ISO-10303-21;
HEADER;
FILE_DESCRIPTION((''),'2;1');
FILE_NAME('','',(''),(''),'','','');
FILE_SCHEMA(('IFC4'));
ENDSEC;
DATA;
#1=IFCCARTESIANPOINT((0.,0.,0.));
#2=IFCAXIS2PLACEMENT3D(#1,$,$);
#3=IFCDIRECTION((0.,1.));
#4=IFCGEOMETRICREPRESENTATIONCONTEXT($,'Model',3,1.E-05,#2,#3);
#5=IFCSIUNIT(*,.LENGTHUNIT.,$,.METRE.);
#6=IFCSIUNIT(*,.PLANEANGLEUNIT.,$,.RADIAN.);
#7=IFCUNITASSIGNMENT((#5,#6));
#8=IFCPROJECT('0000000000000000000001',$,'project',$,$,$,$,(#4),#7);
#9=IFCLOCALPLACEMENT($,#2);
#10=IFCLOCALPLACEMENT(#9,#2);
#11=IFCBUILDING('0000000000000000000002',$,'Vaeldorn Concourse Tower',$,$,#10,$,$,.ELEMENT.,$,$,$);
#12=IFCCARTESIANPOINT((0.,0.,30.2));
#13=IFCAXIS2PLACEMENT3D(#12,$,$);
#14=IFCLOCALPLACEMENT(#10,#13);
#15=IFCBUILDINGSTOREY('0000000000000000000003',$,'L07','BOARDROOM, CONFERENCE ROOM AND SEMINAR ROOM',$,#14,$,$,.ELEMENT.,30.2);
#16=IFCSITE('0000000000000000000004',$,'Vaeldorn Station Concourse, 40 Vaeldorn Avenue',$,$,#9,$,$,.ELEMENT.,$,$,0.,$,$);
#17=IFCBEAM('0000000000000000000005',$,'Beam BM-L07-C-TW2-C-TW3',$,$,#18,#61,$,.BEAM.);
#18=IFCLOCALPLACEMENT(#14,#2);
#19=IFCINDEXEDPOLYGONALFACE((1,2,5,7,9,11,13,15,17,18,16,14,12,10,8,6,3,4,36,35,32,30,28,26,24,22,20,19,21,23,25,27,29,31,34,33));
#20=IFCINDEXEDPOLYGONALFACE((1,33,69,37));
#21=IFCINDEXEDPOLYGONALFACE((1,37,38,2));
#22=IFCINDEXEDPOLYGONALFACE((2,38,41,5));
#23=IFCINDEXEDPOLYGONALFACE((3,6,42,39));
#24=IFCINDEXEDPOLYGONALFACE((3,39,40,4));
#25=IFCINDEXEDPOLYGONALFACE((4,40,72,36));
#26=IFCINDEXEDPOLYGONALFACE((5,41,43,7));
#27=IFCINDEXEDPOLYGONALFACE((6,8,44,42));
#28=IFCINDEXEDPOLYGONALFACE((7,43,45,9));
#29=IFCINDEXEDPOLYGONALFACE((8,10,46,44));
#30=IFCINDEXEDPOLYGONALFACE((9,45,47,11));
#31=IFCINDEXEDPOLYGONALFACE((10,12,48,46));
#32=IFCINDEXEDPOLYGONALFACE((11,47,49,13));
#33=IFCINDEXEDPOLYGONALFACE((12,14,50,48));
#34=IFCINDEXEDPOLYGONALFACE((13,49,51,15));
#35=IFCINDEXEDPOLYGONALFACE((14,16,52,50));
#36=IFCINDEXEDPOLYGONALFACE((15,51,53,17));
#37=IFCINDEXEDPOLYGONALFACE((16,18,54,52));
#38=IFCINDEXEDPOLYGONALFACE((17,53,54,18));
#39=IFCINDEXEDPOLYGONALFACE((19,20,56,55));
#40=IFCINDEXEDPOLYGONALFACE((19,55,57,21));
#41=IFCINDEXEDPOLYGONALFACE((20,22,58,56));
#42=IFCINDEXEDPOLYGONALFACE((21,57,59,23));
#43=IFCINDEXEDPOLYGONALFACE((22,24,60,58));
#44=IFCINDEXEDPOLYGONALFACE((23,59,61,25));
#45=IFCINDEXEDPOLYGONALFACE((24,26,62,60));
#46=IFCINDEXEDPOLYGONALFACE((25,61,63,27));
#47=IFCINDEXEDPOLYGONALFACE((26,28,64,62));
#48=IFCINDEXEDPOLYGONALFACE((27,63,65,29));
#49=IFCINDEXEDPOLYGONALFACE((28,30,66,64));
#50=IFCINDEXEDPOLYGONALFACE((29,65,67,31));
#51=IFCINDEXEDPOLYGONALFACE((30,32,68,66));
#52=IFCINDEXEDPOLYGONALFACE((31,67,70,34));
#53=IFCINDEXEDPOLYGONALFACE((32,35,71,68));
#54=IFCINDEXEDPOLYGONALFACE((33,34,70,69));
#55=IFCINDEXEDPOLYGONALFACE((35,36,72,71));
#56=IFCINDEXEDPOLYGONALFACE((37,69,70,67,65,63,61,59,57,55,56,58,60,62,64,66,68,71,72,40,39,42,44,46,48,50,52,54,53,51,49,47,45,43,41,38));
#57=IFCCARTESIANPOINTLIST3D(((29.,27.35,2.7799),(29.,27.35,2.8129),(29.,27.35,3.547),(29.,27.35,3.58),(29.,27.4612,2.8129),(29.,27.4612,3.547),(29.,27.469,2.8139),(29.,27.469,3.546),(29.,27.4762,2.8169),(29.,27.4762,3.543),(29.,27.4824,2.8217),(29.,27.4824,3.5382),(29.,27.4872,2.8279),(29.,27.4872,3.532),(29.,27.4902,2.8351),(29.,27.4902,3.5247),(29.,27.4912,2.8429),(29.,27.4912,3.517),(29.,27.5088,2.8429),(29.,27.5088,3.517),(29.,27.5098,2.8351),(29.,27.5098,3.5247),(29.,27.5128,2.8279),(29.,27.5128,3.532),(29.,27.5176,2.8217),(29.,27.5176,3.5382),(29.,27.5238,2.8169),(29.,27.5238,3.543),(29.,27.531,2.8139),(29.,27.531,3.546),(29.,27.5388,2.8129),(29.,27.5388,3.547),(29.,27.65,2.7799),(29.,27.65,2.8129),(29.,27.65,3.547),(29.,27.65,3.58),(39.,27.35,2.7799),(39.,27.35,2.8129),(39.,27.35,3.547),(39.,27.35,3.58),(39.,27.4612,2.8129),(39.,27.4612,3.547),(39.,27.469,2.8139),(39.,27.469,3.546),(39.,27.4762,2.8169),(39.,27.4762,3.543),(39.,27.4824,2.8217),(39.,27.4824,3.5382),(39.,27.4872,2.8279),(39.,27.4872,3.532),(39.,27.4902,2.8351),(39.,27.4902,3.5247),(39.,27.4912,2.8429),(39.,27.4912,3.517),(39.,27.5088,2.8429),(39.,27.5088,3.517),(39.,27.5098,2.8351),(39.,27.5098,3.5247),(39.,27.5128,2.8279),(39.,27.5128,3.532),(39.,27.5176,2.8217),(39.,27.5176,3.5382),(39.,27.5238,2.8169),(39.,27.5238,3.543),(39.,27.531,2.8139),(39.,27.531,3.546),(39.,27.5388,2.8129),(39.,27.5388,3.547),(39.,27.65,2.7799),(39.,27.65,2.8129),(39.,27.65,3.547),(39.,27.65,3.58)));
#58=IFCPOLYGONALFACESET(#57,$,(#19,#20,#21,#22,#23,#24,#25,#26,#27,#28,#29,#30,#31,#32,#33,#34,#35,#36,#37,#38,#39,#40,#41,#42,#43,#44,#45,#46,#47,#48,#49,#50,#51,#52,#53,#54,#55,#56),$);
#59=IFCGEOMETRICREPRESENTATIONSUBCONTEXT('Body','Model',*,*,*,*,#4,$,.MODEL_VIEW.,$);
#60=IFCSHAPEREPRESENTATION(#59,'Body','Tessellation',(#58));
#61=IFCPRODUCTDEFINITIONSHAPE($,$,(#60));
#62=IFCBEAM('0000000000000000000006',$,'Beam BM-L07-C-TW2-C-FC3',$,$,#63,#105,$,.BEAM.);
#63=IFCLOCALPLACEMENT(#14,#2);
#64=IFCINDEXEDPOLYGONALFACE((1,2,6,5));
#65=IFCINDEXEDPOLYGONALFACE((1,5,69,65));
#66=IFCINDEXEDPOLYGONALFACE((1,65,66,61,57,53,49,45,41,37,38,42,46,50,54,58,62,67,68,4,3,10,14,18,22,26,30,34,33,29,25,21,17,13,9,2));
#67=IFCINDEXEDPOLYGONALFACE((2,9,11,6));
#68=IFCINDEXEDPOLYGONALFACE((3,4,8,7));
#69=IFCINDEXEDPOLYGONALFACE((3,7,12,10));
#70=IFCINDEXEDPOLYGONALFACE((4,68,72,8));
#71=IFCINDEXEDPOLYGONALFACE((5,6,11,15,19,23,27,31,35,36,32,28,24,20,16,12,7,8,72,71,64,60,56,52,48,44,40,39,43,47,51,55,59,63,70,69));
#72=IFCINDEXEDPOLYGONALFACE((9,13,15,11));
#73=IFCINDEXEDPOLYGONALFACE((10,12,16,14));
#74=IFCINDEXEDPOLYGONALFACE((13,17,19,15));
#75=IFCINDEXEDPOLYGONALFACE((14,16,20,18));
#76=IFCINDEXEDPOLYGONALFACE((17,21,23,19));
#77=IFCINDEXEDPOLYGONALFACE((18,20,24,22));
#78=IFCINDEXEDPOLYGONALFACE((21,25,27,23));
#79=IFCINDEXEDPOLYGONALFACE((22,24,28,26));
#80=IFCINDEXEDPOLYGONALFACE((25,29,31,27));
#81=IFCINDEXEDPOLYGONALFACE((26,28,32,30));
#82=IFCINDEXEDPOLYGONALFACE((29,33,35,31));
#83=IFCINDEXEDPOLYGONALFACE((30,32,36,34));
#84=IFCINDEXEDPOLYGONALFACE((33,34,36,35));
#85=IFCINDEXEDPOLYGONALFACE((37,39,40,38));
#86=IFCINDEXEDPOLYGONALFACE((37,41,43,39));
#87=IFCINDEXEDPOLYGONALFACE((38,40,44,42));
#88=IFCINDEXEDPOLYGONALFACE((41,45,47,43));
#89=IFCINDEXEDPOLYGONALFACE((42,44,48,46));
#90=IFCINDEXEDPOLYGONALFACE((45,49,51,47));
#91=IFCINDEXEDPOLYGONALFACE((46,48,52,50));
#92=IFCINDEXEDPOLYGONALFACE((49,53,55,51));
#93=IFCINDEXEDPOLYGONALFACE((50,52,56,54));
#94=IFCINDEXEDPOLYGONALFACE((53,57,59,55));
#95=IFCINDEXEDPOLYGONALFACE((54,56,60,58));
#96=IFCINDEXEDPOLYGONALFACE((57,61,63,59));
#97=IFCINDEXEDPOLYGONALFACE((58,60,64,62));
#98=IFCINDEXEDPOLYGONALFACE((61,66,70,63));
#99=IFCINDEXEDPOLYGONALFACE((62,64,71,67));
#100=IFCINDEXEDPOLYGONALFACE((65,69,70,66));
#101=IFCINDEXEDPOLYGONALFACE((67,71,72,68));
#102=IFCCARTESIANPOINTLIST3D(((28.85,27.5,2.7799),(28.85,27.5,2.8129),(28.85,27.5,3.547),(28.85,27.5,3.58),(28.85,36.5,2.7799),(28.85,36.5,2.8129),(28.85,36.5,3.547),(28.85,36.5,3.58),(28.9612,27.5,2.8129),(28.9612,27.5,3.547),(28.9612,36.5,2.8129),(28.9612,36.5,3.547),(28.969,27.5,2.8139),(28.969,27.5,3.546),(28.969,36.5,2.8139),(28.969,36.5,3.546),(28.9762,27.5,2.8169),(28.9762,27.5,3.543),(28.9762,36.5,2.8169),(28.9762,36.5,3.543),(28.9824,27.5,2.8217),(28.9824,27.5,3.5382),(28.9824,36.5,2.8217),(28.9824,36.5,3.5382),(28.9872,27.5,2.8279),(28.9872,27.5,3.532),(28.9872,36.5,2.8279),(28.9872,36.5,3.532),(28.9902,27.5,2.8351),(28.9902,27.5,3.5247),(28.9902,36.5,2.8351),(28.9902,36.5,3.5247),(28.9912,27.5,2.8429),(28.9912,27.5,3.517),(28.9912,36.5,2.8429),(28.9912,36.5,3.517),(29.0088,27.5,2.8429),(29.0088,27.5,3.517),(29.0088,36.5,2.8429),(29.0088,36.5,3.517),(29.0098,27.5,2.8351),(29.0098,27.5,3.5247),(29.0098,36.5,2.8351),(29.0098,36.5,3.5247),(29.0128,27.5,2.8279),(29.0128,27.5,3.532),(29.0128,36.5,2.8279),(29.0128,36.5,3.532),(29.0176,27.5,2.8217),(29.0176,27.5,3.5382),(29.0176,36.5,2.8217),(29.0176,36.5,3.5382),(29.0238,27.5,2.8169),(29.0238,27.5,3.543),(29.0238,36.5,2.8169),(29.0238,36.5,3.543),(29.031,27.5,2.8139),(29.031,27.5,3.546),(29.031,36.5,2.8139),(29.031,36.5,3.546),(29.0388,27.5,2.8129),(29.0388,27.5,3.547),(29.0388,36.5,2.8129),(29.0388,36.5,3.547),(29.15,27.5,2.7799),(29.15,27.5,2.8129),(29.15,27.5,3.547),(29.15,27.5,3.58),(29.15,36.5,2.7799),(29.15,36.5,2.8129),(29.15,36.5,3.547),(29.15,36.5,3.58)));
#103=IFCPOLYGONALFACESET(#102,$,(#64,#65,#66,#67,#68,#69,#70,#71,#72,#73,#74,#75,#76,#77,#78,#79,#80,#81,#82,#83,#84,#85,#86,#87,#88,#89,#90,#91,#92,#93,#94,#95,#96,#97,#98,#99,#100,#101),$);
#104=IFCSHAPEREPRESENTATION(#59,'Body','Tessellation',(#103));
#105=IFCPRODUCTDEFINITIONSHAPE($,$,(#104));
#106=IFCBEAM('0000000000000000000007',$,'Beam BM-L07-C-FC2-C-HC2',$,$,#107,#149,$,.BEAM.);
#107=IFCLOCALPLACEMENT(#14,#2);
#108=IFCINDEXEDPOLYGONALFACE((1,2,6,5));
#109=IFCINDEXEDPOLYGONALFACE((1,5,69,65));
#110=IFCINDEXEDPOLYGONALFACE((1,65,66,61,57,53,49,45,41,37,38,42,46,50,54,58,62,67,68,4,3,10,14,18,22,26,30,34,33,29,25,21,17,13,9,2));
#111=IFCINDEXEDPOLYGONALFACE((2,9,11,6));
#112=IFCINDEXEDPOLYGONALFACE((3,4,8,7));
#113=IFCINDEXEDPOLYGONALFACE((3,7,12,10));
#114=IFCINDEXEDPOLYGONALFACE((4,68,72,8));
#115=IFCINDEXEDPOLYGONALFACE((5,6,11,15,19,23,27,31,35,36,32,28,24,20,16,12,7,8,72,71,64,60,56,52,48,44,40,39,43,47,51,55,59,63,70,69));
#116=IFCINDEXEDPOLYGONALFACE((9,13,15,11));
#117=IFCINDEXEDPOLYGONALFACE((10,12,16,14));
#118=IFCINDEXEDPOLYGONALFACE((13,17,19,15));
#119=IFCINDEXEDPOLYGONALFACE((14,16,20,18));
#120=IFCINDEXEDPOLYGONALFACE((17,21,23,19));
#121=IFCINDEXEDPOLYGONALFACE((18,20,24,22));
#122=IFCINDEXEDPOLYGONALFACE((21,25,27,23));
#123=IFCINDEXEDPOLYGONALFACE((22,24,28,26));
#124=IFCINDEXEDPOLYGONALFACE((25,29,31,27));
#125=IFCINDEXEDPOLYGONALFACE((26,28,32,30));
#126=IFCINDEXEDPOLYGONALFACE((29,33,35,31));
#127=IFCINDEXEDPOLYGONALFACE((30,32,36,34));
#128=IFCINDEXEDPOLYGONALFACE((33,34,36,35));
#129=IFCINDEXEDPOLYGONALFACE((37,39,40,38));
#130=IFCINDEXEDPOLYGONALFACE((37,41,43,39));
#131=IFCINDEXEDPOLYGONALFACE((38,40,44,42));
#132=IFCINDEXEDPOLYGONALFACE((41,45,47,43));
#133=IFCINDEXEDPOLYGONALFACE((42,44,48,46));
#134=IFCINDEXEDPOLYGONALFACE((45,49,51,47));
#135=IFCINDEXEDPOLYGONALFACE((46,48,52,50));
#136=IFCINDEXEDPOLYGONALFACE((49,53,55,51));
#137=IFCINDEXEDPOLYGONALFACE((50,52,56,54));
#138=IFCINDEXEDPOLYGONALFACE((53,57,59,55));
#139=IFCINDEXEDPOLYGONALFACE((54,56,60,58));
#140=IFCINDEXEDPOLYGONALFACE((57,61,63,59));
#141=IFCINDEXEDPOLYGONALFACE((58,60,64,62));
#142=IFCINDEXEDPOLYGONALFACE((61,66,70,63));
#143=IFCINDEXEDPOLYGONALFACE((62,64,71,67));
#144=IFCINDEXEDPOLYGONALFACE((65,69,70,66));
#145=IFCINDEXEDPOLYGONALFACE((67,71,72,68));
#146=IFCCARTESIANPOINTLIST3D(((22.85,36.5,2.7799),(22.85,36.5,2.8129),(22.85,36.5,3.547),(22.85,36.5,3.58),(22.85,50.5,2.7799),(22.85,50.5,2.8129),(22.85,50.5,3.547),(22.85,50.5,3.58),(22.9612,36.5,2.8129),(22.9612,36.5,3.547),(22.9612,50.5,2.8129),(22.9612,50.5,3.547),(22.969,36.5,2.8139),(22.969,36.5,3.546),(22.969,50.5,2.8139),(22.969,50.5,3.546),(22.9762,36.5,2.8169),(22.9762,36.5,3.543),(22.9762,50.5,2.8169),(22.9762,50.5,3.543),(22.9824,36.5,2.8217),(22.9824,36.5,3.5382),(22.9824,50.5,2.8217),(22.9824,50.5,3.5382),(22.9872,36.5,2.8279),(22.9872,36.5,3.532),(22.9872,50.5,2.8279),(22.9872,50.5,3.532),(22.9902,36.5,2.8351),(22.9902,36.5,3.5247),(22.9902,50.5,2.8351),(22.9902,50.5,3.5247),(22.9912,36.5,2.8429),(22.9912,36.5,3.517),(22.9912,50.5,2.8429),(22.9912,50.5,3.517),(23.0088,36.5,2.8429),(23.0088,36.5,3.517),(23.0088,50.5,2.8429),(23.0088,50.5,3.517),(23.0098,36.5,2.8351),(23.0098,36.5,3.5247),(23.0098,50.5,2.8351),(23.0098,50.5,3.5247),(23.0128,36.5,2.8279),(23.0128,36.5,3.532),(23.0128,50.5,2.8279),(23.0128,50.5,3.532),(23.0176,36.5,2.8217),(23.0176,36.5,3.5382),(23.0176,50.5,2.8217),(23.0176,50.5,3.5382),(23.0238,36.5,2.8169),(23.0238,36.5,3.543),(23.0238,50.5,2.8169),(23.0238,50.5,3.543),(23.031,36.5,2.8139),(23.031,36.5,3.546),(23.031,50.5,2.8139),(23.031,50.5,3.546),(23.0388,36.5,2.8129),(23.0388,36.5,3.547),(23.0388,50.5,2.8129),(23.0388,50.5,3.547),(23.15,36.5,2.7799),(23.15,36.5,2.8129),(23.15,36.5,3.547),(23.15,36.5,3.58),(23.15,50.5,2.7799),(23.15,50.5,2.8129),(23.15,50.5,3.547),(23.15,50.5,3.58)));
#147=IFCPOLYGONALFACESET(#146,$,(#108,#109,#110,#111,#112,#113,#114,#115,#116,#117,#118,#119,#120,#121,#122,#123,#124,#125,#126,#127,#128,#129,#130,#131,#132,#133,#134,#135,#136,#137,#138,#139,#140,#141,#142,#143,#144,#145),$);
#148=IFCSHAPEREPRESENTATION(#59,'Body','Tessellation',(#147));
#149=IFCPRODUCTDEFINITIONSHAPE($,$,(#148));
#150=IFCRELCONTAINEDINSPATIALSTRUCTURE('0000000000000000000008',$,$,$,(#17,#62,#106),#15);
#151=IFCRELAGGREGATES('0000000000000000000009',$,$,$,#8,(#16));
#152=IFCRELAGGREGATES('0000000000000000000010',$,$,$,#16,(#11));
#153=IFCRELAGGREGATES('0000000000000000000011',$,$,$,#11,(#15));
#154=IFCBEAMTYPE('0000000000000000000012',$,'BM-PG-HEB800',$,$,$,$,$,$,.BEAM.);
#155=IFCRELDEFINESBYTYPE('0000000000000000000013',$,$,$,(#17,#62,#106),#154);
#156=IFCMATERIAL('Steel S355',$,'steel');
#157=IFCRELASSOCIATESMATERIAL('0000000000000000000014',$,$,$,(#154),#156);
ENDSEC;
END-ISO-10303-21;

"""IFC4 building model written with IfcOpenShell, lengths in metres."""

from ifc_helpers import new_model, si_unit, direction, frame, origin, origin_2d, place, context, subcontext, project, spatial, i_section, extrude, source, transform, mapped, material, material_profile, profile_set, type_object, element, save


model = new_model("IFC4")

# Units and contexts
model_context = context("Model", 3, precision=1e-05, world=origin(), true_north=direction((0.0, 1.0)))
body_context = subcontext(model_context, "Body", "Model", "MODEL_VIEW")
ifc_project = project(units=[si_unit("LENGTHUNIT", "METRE"), si_unit("PLANEANGLEUNIT", "RADIAN")], contexts=[model_context])

# Site, building, storey
site_placement = place(None, origin())
site = spatial("IfcSite", under=ifc_project, at=site_placement, Name="Vaeldorn Station Concourse, 40 Vaeldorn Avenue", CompositionType="ELEMENT", RefElevation=0.0)
building_placement = place(site_placement, origin())
building = spatial("IfcBuilding", under=site, at=building_placement, Name="Vaeldorn Concourse Tower", CompositionType="ELEMENT")
storey_placement = place(building_placement, frame((0.0, 0.0, 30.2)))
storey = spatial("IfcBuildingStorey", under=building, at=storey_placement, Name="L07", Description="BOARDROOM, CONFERENCE ROOM AND SEMINAR ROOM", CompositionType="ELEMENT", Elevation=30.2)

# Beams
ifc_material_1 = material(Name="Steel S355", Category="steel")
ifc_material_profile_1 = material_profile(ifc_material_1, i_section(OverallWidth=0.3, OverallDepth=0.8, WebThickness=0.0176, FlangeThickness=0.033, FilletRadius=0.03, at=origin_2d()), Name="HEB 800")
ifc_profile_set_1 = profile_set([ifc_material_profile_1], Name="Steel S355")
beam_type_1 = type_object("IfcBeamType", Name="BM-PG-HEB800", PredefinedType="BEAM", material=ifc_profile_set_1)
shared_shape_1 = source(origin(), body_context, "Body", "SweptSolid", [
    extrude(i_section(OverallWidth=0.3, OverallDepth=0.8, WebThickness=0.0176, FlangeThickness=0.033, FilletRadius=0.03, at=origin_2d()), origin(), (0.0, 0.0, 1.0), 10.0),
])
for number, where, z_axis, x_axis, name in (
    (1, (29.0, 27.5, 3.1799), (1.0, 0.0, 0.0), (0.0, 1.0, 0.0), "Beam BM-L07-C-TW2-C-TW3"),
):
    element("IfcBeam", number, at=place(storey_placement, frame(where, z_axis=z_axis, x_axis=x_axis)), inside=storey, type_object=beam_type_1, Name=name, PredefinedType="BEAM", context=body_context, shape_type="MappedRepresentation", body=[
        mapped(shared_shape_1, transform((0.0, 0.0, 0.0), scale=1.0)),
    ])
shared_shape_2 = source(origin(), body_context, "Body", "SweptSolid", [
    extrude(i_section(OverallWidth=0.3, OverallDepth=0.8, WebThickness=0.0176, FlangeThickness=0.033, FilletRadius=0.03, at=origin_2d()), origin(), (0.0, 0.0, 1.0), 9.0),
])
beam_1_placement = place(storey_placement, frame((29.0, 27.5, 3.1799), z_axis=(0.0, 1.0, 0.0), x_axis=(-1.0, 0.0, 0.0)))
element("IfcBeam", 2, at=beam_1_placement, inside=storey, type_object=beam_type_1, Name="Beam BM-L07-C-TW2-C-FC3", PredefinedType="BEAM", context=body_context, shape_type="MappedRepresentation", body=[
    mapped(shared_shape_2, transform((0.0, 0.0, 0.0), scale=1.0)),
])
shared_shape_3 = source(origin(), body_context, "Body", "SweptSolid", [
    extrude(i_section(OverallWidth=0.3, OverallDepth=0.8, WebThickness=0.0176, FlangeThickness=0.033, FilletRadius=0.03, at=origin_2d()), origin(), (0.0, 0.0, 1.0), 14.0),
])
beam_2_placement = place(storey_placement, frame((23.0, 36.5, 3.1799), z_axis=(0.0, 1.0, 0.0), x_axis=(-1.0, 0.0, 0.0)))
element("IfcBeam", 3, at=beam_2_placement, inside=storey, type_object=beam_type_1, Name="Beam BM-L07-C-FC2-C-HC2", PredefinedType="BEAM", context=body_context, shape_type="MappedRepresentation", body=[
    mapped(shared_shape_3, transform((0.0, 0.0, 0.0), scale=1.0)),
])

save(model, "model.ifc")
